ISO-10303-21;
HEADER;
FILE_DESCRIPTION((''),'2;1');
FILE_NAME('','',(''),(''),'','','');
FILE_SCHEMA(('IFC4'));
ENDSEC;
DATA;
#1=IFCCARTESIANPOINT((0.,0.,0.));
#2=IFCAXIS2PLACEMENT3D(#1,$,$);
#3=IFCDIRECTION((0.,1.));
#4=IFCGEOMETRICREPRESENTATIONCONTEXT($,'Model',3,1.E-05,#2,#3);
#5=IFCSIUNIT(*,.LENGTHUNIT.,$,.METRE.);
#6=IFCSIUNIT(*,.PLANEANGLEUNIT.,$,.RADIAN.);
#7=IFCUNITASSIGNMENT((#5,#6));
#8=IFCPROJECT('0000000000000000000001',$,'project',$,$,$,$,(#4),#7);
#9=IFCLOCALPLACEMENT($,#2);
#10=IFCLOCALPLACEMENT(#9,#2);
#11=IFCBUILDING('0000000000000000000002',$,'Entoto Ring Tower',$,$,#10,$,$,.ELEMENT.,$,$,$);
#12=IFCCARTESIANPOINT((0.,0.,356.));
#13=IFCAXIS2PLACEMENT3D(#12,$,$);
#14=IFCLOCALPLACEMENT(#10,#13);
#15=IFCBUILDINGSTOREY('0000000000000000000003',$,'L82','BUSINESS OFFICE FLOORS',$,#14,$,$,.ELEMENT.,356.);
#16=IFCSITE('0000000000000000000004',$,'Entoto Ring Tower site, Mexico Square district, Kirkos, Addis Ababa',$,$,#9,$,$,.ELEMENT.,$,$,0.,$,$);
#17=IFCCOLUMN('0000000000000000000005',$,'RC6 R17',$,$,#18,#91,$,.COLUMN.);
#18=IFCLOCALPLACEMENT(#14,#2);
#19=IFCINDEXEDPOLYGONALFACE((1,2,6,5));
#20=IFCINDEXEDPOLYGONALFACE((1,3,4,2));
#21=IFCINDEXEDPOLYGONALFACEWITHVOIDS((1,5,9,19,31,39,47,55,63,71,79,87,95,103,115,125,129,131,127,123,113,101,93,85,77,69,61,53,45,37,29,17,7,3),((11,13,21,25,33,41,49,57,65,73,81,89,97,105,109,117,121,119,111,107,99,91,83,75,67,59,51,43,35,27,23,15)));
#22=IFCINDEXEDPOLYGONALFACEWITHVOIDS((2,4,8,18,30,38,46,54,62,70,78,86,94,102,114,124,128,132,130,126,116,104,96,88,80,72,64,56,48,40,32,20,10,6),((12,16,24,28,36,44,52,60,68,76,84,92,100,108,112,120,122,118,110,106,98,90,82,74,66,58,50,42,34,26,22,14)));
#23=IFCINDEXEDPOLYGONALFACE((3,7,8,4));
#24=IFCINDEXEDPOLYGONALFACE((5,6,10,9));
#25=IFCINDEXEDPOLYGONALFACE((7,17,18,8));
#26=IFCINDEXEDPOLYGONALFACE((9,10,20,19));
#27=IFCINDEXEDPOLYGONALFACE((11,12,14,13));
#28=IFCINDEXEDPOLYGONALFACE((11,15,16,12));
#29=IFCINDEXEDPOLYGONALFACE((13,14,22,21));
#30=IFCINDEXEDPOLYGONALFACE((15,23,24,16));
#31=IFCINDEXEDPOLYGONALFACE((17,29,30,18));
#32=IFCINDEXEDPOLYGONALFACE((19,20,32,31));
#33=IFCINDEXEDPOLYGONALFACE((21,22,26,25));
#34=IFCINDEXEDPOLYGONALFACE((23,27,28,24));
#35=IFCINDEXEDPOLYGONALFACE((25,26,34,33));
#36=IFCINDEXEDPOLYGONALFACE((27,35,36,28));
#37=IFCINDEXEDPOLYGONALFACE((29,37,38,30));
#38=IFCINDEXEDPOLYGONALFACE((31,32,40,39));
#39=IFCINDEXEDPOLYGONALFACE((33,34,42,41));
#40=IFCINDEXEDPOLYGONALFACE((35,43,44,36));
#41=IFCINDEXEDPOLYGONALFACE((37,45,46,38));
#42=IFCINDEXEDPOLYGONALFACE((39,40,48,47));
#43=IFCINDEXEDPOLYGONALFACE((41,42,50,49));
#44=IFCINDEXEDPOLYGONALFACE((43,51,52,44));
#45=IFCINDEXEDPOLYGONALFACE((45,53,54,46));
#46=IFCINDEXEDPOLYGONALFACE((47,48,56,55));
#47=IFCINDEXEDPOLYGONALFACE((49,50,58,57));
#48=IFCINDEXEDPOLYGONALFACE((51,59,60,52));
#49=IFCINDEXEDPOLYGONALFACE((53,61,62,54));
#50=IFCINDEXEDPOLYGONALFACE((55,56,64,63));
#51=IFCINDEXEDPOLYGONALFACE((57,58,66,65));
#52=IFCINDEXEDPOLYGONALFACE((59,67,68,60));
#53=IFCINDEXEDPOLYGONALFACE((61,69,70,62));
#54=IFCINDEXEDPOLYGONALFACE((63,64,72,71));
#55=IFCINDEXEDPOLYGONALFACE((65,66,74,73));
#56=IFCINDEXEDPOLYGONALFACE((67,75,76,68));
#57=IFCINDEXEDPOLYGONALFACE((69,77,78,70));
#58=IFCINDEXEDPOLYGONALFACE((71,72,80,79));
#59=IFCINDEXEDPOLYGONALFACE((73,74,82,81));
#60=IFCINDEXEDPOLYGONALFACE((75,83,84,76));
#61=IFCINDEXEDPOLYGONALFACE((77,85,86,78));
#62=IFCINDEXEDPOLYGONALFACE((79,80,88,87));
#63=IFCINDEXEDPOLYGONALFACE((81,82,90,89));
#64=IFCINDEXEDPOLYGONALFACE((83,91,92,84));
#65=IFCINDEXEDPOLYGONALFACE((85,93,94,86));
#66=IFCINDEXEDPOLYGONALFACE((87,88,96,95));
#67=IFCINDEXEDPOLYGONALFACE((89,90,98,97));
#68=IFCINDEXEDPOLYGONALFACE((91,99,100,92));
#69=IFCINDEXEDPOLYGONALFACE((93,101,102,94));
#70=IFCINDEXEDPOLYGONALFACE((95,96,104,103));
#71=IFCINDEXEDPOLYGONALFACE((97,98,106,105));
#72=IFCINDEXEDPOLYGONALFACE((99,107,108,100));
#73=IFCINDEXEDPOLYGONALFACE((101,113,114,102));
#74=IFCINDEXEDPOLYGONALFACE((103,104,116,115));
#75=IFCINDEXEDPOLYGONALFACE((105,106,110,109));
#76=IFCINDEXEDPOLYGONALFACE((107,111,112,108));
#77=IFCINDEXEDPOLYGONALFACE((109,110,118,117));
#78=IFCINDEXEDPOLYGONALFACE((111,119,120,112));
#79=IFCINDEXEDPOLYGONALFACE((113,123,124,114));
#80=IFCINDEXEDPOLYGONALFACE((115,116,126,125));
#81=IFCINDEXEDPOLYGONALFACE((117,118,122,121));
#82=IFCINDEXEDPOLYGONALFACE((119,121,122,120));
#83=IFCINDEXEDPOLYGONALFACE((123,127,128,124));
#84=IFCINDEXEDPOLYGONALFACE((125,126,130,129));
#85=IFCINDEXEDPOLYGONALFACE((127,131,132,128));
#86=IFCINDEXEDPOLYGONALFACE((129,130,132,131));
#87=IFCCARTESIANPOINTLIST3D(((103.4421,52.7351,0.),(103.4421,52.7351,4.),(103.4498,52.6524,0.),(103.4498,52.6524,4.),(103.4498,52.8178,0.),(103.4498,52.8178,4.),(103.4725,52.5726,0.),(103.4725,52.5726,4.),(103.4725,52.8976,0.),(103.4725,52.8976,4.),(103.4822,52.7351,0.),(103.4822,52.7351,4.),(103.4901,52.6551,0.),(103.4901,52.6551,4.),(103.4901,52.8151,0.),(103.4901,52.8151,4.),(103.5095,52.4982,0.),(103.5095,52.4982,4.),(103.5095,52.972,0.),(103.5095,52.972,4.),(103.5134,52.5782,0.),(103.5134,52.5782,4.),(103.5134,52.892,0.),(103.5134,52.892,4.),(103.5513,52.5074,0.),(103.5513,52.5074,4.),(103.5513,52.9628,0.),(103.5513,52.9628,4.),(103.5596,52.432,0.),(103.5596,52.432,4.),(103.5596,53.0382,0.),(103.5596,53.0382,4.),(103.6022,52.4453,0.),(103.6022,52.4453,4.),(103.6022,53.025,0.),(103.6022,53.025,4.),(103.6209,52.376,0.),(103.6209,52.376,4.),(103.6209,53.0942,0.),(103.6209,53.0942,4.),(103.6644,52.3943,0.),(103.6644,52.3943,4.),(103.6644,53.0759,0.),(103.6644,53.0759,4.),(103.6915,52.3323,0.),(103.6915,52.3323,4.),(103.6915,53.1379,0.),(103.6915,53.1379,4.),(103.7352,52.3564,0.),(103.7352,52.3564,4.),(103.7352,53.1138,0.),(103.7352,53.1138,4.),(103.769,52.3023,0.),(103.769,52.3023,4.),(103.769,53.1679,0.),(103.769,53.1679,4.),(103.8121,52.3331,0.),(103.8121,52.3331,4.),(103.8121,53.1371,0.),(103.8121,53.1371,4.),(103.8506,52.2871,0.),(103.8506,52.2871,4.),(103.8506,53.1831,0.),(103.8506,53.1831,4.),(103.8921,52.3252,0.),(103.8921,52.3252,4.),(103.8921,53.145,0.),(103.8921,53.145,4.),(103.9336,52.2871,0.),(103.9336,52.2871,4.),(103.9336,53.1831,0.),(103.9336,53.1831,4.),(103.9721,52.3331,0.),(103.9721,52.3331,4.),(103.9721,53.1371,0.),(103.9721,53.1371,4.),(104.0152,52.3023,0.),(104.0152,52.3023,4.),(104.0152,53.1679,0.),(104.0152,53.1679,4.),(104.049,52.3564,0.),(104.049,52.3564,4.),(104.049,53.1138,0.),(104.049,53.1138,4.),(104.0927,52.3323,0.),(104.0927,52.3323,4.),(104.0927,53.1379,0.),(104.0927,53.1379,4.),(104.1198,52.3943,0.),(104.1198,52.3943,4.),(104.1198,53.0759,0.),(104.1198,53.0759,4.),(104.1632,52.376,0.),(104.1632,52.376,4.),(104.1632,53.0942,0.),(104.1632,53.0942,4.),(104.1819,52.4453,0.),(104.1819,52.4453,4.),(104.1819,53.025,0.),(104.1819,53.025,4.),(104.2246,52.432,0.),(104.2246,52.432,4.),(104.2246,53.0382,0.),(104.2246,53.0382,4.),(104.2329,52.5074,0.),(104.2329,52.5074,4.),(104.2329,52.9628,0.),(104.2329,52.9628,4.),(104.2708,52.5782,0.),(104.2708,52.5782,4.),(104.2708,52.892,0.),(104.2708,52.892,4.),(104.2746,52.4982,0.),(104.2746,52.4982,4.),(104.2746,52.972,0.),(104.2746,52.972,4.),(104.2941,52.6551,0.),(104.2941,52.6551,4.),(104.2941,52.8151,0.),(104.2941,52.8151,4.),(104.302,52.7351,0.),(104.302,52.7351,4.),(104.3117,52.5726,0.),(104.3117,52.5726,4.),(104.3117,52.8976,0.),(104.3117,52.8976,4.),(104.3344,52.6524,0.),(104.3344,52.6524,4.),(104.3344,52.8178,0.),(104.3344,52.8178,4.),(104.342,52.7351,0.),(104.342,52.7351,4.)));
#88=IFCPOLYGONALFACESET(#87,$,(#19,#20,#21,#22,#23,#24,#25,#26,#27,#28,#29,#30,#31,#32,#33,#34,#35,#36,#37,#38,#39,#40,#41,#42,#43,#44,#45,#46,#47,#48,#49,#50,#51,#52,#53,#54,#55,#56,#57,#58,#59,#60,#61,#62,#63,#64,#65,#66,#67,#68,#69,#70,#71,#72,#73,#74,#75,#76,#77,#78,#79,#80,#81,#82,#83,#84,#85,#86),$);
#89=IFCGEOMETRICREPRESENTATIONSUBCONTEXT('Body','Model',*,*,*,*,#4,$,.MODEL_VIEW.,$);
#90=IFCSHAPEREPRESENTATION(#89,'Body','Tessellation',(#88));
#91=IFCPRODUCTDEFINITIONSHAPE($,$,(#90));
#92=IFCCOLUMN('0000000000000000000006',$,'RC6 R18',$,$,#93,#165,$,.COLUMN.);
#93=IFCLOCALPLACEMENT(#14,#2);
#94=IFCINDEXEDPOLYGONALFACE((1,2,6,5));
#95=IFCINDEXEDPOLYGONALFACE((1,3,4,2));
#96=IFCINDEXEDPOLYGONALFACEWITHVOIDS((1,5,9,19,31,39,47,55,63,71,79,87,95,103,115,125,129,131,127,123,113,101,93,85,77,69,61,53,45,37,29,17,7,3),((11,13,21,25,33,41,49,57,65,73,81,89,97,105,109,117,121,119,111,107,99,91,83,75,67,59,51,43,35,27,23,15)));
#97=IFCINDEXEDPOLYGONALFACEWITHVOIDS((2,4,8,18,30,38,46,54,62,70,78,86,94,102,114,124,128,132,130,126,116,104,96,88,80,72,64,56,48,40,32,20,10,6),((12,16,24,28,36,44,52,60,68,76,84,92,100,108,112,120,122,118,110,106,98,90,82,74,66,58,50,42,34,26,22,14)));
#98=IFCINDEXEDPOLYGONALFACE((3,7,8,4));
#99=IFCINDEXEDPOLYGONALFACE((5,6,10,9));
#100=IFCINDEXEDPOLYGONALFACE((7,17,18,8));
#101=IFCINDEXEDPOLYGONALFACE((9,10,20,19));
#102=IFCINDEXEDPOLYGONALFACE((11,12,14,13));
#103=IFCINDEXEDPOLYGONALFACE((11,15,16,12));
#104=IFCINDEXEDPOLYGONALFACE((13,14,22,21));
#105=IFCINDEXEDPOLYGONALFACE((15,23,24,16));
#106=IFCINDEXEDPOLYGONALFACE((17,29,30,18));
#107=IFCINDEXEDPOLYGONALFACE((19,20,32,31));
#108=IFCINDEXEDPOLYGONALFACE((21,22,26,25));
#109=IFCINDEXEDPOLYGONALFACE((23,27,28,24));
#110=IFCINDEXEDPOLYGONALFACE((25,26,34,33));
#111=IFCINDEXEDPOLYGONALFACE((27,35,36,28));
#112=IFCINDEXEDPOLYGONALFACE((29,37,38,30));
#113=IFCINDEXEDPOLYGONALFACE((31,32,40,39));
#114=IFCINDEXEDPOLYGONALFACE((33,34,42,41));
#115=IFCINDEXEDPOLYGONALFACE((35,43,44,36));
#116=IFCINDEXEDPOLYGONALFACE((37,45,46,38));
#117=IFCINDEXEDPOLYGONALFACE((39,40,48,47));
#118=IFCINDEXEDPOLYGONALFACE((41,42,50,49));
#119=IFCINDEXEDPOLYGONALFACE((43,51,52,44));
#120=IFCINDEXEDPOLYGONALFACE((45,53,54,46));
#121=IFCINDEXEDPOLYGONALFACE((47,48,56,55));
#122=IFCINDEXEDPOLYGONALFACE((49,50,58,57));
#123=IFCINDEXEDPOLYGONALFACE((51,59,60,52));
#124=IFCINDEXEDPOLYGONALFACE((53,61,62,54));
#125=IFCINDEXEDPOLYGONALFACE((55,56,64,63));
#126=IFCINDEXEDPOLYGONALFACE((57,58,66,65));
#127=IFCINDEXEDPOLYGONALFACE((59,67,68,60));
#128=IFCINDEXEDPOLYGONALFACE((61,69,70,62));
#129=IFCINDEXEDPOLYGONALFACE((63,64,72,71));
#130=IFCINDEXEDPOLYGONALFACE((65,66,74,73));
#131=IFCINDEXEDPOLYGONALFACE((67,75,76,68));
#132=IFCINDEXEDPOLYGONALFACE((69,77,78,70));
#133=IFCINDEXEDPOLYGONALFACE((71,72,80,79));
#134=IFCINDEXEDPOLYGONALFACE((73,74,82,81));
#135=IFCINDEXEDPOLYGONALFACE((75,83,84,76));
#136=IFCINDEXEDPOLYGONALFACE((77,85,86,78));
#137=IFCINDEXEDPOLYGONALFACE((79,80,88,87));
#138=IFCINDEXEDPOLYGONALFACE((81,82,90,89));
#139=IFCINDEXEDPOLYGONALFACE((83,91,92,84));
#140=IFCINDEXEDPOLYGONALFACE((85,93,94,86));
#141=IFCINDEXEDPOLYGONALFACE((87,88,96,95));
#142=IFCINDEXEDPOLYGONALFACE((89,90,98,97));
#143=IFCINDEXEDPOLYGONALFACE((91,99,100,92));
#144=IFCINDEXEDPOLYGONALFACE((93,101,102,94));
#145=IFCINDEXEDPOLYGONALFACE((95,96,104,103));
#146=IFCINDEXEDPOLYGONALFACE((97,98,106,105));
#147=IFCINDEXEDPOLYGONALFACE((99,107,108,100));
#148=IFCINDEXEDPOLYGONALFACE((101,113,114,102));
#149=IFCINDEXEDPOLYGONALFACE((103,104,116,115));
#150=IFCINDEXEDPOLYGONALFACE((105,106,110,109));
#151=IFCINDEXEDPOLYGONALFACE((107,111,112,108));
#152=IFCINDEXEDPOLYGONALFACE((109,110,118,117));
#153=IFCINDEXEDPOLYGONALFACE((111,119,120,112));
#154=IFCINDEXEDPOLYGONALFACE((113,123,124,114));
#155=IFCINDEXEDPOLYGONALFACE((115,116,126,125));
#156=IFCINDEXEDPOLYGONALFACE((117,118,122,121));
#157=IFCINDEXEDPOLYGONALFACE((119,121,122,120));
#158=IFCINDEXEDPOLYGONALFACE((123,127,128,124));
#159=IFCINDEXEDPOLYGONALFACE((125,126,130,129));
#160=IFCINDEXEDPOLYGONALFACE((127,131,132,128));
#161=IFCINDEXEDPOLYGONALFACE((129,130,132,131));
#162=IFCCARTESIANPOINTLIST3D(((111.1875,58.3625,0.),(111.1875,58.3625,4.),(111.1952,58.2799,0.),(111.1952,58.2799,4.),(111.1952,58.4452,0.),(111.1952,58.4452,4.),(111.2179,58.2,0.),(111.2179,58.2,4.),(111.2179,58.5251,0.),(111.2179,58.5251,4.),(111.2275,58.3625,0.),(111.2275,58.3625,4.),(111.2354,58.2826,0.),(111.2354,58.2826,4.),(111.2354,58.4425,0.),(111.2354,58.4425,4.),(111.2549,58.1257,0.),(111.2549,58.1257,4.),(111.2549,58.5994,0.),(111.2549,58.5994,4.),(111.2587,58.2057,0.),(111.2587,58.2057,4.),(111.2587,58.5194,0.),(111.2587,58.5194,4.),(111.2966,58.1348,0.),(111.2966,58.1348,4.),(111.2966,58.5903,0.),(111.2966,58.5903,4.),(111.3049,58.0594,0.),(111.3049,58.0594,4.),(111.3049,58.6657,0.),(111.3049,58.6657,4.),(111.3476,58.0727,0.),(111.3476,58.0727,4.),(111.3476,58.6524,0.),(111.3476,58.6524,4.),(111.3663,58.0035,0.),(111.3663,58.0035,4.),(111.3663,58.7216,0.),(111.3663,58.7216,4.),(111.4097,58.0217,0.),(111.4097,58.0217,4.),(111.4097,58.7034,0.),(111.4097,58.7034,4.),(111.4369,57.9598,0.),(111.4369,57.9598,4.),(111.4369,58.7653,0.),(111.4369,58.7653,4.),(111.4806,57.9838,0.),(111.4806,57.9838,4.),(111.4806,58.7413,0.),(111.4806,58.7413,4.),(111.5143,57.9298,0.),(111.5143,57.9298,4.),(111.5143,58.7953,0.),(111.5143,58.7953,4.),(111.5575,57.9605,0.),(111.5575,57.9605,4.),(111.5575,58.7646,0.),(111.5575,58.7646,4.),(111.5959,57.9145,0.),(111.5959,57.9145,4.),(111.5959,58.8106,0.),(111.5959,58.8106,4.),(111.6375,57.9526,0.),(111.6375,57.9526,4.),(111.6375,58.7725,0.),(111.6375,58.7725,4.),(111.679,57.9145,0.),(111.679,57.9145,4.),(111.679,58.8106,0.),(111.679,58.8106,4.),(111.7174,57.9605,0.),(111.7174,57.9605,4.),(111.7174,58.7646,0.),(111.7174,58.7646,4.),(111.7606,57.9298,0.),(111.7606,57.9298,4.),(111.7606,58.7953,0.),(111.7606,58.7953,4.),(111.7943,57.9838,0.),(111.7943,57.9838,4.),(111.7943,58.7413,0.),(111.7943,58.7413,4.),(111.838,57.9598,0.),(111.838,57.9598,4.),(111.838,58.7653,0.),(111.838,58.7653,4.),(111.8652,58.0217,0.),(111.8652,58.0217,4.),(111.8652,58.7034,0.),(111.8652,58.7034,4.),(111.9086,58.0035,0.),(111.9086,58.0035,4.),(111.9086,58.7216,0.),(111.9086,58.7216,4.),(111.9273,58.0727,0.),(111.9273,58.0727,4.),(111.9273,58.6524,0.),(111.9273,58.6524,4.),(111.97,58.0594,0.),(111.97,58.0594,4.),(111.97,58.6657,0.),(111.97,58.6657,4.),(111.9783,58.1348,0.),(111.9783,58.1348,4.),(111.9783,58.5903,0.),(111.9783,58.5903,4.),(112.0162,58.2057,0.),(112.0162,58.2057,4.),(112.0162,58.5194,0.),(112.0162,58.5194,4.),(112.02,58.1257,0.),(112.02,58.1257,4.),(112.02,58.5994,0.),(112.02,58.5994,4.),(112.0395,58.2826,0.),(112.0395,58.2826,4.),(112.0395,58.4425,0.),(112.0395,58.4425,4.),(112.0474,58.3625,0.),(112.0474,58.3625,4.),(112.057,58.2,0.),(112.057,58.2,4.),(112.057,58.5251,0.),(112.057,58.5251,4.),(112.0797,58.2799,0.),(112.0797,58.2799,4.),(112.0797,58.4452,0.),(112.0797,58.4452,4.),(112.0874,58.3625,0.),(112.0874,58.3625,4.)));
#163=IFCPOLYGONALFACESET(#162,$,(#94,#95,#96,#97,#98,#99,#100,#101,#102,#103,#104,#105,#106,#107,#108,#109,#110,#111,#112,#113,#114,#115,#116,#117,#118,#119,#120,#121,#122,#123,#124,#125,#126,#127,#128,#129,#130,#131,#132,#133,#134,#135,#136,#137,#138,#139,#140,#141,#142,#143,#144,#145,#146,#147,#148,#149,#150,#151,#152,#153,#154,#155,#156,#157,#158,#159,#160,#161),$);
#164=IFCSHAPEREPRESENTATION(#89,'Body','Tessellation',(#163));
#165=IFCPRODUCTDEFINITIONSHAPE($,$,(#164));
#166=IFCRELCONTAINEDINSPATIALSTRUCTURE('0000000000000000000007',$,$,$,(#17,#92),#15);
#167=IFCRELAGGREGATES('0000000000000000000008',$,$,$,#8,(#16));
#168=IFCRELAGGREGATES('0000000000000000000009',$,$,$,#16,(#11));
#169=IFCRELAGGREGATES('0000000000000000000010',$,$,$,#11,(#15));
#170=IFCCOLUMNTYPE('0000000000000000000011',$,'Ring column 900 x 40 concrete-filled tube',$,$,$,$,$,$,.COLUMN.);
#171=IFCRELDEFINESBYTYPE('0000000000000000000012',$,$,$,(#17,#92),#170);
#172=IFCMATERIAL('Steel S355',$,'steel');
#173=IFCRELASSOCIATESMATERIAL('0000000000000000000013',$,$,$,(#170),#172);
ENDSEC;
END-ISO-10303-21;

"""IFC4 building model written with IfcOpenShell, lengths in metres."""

from ifc_helpers import new_model, si_unit, direction, frame, origin, origin_2d, place, context, subcontext, project, spatial, circle, hollow_circle, extrude, material, material_profile, profile_set, type_object, element, save


model = new_model("IFC4")

# Units and contexts
model_context = context("Model", 3, precision=1e-05, world=origin(), true_north=direction((0.0, 1.0)))
body_context = subcontext(model_context, "Body", "Model", "MODEL_VIEW")
ifc_project = project(units=[si_unit("LENGTHUNIT", "METRE"), si_unit("PLANEANGLEUNIT", "RADIAN")], contexts=[model_context])

# Site, building, storey
site_placement = place(None, origin())
site = spatial("IfcSite", under=ifc_project, at=site_placement, Name="Entoto Ring Tower site, Mexico Square district, Kirkos, Addis Ababa", CompositionType="ELEMENT", RefElevation=0.0)
building_placement = place(site_placement, origin())
building = spatial("IfcBuilding", under=site, at=building_placement, Name="Entoto Ring Tower", CompositionType="ELEMENT")
storey_placement = place(building_placement, frame((0.0, 0.0, 356.0)))
storey = spatial("IfcBuildingStorey", under=building, at=storey_placement, Name="L82", Description="BUSINESS OFFICE FLOORS", CompositionType="ELEMENT", Elevation=356.0)

# Columns
ifc_material_1 = material(Name="Steel S355", Category="steel")
ifc_material_profile_1 = material_profile(ifc_material_1, hollow_circle(Radius=0.45, WallThickness=0.04, at=origin_2d()), Name="CHS 900 x 40")
ifc_material_2 = material(Name="Concrete C60/75", Category="concrete")
ifc_material_profile_2 = material_profile(ifc_material_2, circle(Radius=0.4099, at=origin_2d()), Name="Concrete C60/75 infill")
ifc_profile_set_1 = profile_set([ifc_material_profile_1, ifc_material_profile_2], Name="Steel S355")
column_type = type_object("IfcColumnType", Name="Ring column 900 x 40 concrete-filled tube", PredefinedType="COLUMN", material=ifc_profile_set_1)
for number, where, z_axis, x_axis, name in (
    (1, (103.8921, 52.7351, 0.0), (0.0, 0.0, 1.0), (1.0, 0.0, 0.0), "RC6 R17"),
    (2, (111.6375, 58.3625, 0.0), (0.0, 0.0, 1.0), (1.0, 0.0, 0.0), "RC6 R18"),
):
    element("IfcColumn", number, at=place(storey_placement, frame(where, z_axis=z_axis, x_axis=x_axis)), inside=storey, type_object=column_type, Name=name, PredefinedType="COLUMN", context=body_context, shape_type="SweptSolid", body=[
        extrude(hollow_circle(Radius=0.45, WallThickness=0.04, at=origin_2d()), origin(), (0.0, 0.0, 1.0), 4.0),
    ])

save(model, "model.ifc")
